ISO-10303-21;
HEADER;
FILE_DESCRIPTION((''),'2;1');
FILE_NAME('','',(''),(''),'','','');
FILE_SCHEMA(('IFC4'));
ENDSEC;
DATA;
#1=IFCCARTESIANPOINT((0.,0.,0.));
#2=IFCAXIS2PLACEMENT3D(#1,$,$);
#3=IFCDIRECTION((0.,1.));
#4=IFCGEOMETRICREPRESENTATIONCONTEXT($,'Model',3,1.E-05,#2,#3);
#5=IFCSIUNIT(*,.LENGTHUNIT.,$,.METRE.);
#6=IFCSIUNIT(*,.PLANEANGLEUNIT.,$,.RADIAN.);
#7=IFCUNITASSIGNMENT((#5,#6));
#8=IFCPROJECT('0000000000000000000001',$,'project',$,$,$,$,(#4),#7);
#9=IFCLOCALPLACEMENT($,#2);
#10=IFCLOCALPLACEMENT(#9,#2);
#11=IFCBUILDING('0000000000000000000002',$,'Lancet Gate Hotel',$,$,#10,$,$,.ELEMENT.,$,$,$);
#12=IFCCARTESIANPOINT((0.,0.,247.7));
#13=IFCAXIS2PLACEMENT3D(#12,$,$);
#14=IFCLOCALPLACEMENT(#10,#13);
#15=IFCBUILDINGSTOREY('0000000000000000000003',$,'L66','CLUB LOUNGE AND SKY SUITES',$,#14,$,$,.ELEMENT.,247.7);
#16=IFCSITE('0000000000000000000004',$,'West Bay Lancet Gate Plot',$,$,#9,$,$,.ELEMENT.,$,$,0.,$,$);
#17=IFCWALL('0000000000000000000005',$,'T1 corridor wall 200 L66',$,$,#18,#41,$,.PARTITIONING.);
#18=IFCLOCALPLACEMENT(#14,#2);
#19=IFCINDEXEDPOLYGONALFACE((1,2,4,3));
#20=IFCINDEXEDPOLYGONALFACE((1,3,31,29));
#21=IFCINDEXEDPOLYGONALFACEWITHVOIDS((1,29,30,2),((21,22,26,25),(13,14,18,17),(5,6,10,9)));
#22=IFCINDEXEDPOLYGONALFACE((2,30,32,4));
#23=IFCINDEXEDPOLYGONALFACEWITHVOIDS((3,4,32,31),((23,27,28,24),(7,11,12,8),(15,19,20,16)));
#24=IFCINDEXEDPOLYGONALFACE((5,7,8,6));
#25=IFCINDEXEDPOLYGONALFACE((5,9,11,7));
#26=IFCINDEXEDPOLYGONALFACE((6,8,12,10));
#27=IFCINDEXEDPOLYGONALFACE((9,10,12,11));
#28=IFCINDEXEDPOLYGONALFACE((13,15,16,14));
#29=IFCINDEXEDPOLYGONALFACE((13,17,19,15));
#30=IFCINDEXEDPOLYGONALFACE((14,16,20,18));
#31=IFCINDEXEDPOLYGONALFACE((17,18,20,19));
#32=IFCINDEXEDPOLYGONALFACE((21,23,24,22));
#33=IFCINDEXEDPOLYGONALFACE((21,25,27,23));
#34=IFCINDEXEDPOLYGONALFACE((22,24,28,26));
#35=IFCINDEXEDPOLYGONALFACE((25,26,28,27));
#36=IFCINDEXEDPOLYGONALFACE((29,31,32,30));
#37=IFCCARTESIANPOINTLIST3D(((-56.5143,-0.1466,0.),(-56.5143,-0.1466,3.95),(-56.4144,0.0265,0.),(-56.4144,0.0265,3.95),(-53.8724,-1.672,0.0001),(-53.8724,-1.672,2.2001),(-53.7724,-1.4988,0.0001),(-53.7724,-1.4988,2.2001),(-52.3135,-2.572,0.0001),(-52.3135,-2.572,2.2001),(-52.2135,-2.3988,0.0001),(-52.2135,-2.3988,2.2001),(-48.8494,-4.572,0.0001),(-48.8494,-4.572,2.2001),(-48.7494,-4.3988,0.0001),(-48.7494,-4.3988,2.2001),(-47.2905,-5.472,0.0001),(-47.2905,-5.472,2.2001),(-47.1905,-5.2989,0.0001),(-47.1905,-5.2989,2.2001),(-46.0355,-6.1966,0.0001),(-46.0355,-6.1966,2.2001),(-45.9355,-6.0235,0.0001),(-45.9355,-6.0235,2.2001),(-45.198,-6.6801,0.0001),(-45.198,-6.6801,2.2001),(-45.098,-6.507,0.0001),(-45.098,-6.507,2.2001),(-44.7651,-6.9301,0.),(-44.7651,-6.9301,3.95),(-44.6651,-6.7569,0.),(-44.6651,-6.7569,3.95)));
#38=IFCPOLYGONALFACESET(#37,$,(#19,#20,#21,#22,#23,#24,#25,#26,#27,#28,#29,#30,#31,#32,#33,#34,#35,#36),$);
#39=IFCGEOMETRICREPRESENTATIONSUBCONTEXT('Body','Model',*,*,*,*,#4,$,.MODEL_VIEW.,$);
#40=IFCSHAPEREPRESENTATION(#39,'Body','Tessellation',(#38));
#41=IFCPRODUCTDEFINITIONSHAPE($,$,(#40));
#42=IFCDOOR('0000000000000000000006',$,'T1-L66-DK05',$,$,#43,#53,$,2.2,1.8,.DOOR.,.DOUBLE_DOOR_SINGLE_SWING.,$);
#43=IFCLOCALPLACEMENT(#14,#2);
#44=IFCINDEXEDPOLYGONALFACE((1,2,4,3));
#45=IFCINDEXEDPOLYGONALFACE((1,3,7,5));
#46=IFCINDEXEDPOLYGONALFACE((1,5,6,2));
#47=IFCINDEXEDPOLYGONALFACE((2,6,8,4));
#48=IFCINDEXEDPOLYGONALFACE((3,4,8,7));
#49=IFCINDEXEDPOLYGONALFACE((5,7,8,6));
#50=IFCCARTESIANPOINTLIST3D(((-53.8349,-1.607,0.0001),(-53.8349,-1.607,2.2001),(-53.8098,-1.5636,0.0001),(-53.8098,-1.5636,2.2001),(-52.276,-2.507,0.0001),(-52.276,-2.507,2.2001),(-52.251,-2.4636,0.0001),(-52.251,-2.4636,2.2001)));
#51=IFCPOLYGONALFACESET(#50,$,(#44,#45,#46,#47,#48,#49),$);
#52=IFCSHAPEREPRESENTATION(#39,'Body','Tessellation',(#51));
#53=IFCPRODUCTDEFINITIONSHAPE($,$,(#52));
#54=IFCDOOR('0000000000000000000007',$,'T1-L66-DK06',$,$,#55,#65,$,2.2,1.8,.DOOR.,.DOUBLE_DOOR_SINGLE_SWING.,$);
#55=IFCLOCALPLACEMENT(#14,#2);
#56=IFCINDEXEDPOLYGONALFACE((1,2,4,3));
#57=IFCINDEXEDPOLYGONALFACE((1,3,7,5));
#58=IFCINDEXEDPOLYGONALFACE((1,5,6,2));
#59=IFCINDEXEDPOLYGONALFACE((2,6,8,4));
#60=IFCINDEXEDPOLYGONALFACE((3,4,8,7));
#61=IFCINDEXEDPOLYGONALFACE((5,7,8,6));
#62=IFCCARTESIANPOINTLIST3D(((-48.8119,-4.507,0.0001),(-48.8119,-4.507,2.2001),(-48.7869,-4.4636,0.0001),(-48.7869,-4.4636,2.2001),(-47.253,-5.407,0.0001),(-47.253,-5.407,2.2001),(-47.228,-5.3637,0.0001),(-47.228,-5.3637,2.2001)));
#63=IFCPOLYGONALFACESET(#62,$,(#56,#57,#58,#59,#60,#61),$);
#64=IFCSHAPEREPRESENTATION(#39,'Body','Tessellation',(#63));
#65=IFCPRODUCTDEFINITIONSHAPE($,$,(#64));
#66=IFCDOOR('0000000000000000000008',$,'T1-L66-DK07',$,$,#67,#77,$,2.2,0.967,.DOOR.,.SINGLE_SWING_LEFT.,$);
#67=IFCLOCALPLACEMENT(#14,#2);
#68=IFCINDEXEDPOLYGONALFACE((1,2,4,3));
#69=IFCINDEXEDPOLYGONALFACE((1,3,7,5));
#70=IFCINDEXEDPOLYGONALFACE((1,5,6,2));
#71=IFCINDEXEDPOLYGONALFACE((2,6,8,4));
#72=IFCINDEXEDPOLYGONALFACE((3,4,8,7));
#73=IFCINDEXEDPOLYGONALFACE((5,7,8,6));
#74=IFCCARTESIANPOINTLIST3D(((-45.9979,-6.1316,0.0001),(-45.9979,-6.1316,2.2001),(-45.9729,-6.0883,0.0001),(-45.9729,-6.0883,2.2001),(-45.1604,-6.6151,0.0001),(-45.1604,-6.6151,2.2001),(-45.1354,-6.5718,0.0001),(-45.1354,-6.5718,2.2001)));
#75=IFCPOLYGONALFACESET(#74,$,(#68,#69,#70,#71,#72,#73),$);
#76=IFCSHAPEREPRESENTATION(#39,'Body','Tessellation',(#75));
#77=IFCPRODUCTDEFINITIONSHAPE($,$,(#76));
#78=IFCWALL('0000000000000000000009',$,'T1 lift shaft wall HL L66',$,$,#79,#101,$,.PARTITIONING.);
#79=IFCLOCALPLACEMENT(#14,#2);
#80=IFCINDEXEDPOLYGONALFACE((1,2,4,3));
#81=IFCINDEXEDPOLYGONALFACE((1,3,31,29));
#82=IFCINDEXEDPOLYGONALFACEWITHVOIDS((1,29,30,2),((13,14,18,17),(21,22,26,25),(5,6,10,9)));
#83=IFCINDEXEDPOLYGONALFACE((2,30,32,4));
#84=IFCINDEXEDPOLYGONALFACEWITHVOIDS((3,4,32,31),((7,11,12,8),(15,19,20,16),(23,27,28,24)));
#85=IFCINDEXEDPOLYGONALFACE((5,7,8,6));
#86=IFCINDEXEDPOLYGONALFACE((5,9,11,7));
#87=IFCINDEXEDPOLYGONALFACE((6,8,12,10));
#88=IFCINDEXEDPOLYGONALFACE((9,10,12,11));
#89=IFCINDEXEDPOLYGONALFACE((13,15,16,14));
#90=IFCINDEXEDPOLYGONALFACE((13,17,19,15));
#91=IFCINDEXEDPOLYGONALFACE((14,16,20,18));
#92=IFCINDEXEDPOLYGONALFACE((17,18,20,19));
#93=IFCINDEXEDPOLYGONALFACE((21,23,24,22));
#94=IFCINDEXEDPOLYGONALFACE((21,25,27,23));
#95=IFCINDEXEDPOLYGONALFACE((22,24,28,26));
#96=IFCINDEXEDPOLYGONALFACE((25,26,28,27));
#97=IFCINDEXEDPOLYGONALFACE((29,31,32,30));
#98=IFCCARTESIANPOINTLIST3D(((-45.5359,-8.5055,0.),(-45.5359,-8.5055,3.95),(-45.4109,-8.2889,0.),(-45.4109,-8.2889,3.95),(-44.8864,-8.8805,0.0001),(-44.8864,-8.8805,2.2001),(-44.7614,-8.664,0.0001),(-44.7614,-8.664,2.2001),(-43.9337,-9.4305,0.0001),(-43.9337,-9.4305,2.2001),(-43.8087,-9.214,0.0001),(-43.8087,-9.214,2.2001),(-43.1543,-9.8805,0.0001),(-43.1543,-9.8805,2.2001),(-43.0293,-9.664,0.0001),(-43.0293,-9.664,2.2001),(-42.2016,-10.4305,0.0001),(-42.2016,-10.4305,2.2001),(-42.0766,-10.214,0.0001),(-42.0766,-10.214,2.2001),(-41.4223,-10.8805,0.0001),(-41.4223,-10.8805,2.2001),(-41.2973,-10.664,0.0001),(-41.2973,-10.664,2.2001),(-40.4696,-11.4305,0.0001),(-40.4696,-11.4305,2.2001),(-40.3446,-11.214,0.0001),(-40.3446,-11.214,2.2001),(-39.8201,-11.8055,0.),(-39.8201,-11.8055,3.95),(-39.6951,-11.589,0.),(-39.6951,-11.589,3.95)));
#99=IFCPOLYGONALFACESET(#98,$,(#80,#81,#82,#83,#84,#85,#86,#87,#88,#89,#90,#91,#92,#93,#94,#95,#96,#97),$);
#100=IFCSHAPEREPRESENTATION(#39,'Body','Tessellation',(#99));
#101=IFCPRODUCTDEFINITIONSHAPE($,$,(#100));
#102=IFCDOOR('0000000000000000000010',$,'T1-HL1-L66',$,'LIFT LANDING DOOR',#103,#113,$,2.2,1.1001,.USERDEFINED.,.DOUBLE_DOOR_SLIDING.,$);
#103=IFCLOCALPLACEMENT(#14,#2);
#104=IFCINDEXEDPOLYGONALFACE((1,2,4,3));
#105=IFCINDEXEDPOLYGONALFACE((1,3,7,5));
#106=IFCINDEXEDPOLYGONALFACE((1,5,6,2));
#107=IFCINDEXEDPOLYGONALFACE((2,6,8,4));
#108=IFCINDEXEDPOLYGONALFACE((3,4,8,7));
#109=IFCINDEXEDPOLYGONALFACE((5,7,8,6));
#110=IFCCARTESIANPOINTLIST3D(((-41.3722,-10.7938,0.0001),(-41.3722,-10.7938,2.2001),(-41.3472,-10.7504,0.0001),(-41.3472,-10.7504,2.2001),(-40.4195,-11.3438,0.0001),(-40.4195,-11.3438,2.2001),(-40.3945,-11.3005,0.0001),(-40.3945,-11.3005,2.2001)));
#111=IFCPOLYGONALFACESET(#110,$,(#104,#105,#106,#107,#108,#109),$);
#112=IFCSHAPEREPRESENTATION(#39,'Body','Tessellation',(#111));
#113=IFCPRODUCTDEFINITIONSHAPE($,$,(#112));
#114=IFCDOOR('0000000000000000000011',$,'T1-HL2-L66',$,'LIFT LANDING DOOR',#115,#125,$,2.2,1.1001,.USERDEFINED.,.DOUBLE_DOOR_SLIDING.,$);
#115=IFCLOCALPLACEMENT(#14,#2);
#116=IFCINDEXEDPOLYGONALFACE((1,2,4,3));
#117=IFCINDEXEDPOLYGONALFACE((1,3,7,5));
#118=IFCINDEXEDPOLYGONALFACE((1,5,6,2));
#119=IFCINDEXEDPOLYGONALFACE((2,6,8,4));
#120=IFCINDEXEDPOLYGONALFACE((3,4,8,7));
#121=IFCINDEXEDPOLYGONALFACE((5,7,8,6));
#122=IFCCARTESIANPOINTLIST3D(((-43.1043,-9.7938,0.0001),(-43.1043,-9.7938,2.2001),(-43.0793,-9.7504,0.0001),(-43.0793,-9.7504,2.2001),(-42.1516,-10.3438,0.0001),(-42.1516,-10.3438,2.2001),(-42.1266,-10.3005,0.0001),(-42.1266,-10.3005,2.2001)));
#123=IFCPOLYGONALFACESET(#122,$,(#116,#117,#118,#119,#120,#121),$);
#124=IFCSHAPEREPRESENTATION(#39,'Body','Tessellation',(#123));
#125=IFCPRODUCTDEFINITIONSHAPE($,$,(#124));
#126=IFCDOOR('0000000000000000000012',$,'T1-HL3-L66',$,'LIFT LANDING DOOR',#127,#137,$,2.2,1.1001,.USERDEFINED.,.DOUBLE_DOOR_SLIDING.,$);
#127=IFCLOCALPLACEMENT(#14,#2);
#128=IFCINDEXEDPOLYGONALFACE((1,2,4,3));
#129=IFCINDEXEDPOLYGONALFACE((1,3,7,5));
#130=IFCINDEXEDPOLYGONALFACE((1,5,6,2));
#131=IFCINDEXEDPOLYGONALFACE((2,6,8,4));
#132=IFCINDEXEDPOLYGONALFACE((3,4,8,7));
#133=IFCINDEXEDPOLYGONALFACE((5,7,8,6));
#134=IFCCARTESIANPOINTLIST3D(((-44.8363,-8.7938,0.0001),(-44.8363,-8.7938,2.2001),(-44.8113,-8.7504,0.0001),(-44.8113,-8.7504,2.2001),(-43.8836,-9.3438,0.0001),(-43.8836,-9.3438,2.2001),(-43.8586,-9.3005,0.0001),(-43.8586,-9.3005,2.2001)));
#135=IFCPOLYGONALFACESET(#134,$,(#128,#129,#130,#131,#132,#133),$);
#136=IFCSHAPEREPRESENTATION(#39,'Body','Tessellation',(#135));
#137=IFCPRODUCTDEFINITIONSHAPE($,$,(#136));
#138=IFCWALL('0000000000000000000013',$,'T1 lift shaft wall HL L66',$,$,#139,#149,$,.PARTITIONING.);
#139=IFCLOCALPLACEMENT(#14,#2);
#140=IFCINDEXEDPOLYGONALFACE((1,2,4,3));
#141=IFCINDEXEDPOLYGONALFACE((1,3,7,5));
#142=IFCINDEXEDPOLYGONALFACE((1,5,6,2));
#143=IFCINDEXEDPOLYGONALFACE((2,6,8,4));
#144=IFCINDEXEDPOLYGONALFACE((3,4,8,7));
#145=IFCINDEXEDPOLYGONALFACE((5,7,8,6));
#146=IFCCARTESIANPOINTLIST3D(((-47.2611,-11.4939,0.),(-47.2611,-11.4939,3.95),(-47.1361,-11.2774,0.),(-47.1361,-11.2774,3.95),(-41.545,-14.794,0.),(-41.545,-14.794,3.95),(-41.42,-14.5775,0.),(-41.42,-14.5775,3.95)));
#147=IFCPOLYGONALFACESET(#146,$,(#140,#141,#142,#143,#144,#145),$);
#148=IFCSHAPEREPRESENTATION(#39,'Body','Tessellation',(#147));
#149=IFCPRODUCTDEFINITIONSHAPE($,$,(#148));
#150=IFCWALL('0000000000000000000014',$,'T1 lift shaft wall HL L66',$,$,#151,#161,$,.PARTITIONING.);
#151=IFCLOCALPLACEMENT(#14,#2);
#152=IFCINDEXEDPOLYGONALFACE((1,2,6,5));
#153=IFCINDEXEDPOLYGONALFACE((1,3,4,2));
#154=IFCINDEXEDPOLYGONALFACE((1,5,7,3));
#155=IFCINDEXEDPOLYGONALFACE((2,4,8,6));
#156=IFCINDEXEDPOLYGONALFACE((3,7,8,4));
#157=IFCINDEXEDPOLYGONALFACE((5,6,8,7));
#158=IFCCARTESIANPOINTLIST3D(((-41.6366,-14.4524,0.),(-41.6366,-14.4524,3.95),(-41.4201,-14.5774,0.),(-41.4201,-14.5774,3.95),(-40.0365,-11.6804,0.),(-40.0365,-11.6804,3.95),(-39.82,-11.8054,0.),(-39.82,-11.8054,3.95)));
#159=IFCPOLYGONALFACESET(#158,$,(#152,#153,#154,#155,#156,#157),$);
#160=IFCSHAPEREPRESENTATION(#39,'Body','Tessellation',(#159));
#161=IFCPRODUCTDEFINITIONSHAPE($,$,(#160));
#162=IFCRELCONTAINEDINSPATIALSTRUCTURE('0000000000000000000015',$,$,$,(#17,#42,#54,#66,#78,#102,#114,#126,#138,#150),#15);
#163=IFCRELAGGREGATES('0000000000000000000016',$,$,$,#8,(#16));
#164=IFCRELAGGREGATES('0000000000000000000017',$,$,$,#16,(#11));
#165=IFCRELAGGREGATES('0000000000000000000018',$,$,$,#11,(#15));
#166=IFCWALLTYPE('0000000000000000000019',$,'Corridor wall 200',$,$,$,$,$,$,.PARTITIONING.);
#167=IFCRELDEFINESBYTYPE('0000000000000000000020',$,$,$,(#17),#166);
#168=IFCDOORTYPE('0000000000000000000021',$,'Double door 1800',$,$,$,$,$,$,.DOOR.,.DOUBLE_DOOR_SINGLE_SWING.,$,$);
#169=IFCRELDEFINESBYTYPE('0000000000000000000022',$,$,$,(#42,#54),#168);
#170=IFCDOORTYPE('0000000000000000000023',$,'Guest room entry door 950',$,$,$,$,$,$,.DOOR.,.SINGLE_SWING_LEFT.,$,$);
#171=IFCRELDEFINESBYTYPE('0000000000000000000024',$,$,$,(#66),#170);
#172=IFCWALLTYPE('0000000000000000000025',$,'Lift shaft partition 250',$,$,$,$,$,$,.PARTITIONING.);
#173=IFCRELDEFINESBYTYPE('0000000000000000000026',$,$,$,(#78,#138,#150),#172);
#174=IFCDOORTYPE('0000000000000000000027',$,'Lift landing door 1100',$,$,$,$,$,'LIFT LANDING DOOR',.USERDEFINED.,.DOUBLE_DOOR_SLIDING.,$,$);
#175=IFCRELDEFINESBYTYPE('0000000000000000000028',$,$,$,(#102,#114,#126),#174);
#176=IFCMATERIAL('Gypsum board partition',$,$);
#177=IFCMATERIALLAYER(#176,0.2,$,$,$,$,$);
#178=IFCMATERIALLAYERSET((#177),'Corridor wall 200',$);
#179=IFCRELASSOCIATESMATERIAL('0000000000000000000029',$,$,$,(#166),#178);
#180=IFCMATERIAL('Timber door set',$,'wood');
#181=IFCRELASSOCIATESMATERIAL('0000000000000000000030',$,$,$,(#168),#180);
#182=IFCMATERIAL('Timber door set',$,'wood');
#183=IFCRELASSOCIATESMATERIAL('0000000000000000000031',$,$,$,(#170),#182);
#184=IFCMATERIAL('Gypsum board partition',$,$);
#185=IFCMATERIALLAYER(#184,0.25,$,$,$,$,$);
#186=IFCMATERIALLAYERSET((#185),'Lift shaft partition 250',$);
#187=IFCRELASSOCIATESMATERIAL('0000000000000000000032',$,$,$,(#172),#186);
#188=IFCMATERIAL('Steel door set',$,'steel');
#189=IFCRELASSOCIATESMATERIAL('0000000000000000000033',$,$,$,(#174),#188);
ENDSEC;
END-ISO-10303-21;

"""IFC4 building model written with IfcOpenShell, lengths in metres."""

from ifc_helpers import new_model, si_unit, direction, frame, frame_2d, origin, place, context, subcontext, project, spatial, rectangle, extrude, material, layer, layer_set, type_object, element, fill, save


model = new_model("IFC4")

# Units and contexts
model_context = context("Model", 3, precision=1e-05, world=origin(), true_north=direction((0.0, 1.0)))
body_context = subcontext(model_context, "Body", "Model", "MODEL_VIEW")
ifc_project = project(units=[si_unit("LENGTHUNIT", "METRE"), si_unit("PLANEANGLEUNIT", "RADIAN")], contexts=[model_context])

# Site, building, storey
site_placement = place(None, origin())
site = spatial("IfcSite", under=ifc_project, at=site_placement, Name="West Bay Lancet Gate Plot", CompositionType="ELEMENT", RefElevation=0.0)
building_placement = place(site_placement, origin())
building = spatial("IfcBuilding", under=site, at=building_placement, Name="Lancet Gate Hotel", CompositionType="ELEMENT")
storey_placement = place(building_placement, frame((0.0, 0.0, 247.7)))
storey = spatial("IfcBuildingStorey", under=building, at=storey_placement, Name="L66", Description="CLUB LOUNGE AND SKY SUITES", CompositionType="ELEMENT", Elevation=247.7)

# Walls, openings, doors
ifc_material_1 = material(Name="Gypsum board partition")
ifc_layer_1 = layer(ifc_material_1, 0.2)
ifc_layer_set_1 = layer_set([ifc_layer_1], Name="Corridor wall 200")
wall_type_1 = type_object("IfcWallType", Name="Corridor wall 200", PredefinedType="PARTITIONING", material=ifc_layer_set_1)
wall_1_placement = place(storey_placement, frame((-44.7151, -6.8435, 0.0), z_axis=(0.0, 0.0, 1.0), x_axis=(-0.866025, 0.5, 0.0)))
wall_1 = element("IfcWall", 1, at=wall_1_placement, inside=storey, type_object=wall_type_1, Name="T1 corridor wall 200 L66", PredefinedType="PARTITIONING", context=body_context, shape_type="SweptSolid", body=[
    extrude(rectangle(XDim=13.5669, YDim=0.2, at=frame_2d((6.7834, 0.0))), origin(), (0.0, 0.0, 1.0), 3.95),
])
opening_1_placement = place(wall_1_placement, frame((8.7163, 0.0, 0.0)))
opening_1 = element("IfcOpeningElement", 2, at=opening_1_placement, cuts=wall_1, PredefinedType="OPENING", context=body_context, shape_type="SweptSolid", body=[
    extrude(rectangle(XDim=1.8, YDim=2.2, at=frame_2d((0.8999, 1.1001))), frame((0.0, 0.1099, 0.0), z_axis=(0.0, -1.0, 0.0), x_axis=(1.0, 0.0, 0.0)), (0.0, 0.0, 1.0), 0.22),
])
opening_2_placement = place(wall_1_placement, frame((2.9163, 0.0, 0.0)))
opening_2 = element("IfcOpeningElement", 3, at=opening_2_placement, cuts=wall_1, PredefinedType="OPENING", context=body_context, shape_type="SweptSolid", body=[
    extrude(rectangle(XDim=1.8, YDim=2.2, at=frame_2d((0.8999, 1.1001))), frame((0.0, 0.1099, 0.0), z_axis=(0.0, -1.0, 0.0), x_axis=(1.0, 0.0, 0.0)), (0.0, 0.0, 1.0), 0.22),
])
opening_3_placement = place(wall_1_placement, frame((0.5, 0.0, 0.0)))
opening_3 = element("IfcOpeningElement", 4, at=opening_3_placement, cuts=wall_1, PredefinedType="OPENING", context=body_context, shape_type="SweptSolid", body=[
    extrude(rectangle(XDim=0.967, YDim=2.2, at=frame_2d((0.4834, 1.1001))), frame((0.0, 0.1099, 0.0), z_axis=(0.0, -1.0, 0.0), x_axis=(1.0, 0.0, 0.0)), (0.0, 0.0, 1.0), 0.22),
])
ifc_material_2 = material(Name="Timber door set", Category="wood")
door_type_1 = type_object("IfcDoorType", Name="Double door 1800", OperationType="DOUBLE_DOOR_SINGLE_SWING", PredefinedType="DOOR", material=ifc_material_2)
door_1_placement = place(opening_1_placement, origin())
door_1 = element("IfcDoor", 5, at=door_1_placement, inside=storey, type_object=door_type_1, Name="T1-L66-DK05", OperationType="DOUBLE_DOOR_SINGLE_SWING", OverallHeight=2.2, OverallWidth=1.8, PredefinedType="DOOR", context=body_context, shape_type="SweptSolid", body=[
    extrude(rectangle(XDim=1.8, YDim=2.2, at=frame_2d((0.8999, 1.1001))), frame((0.0, 0.0249, 0.0), z_axis=(0.0, -1.0, 0.0), x_axis=(1.0, 0.0, 0.0)), (0.0, 0.0, 1.0), 0.05),
])
fill(opening_1, door_1)
door_2_placement = place(opening_2_placement, origin())
door_2 = element("IfcDoor", 6, at=door_2_placement, inside=storey, type_object=door_type_1, Name="T1-L66-DK06", OperationType="DOUBLE_DOOR_SINGLE_SWING", OverallHeight=2.2, OverallWidth=1.8, PredefinedType="DOOR", context=body_context, shape_type="SweptSolid", body=[
    extrude(rectangle(XDim=1.8, YDim=2.2, at=frame_2d((0.8999, 1.1001))), frame((0.0, 0.0249, 0.0), z_axis=(0.0, -1.0, 0.0), x_axis=(1.0, 0.0, 0.0)), (0.0, 0.0, 1.0), 0.05),
])
fill(opening_2, door_2)
ifc_material_3 = material(Name="Timber door set", Category="wood")
door_type_2 = type_object("IfcDoorType", Name="Guest room entry door 950", OperationType="SINGLE_SWING_LEFT", PredefinedType="DOOR", material=ifc_material_3)
door_3_placement = place(opening_3_placement, origin())
door_3 = element("IfcDoor", 7, at=door_3_placement, inside=storey, type_object=door_type_2, Name="T1-L66-DK07", OperationType="SINGLE_SWING_LEFT", OverallHeight=2.2, OverallWidth=0.967, PredefinedType="DOOR", context=body_context, shape_type="SweptSolid", body=[
    extrude(rectangle(XDim=0.967, YDim=2.2, at=frame_2d((0.4834, 1.1001))), frame((0.0, 0.0249, 0.0), z_axis=(0.0, -1.0, 0.0), x_axis=(1.0, 0.0, 0.0)), (0.0, 0.0, 1.0), 0.05),
])
fill(opening_3, door_3)
ifc_material_4 = material(Name="Gypsum board partition")
ifc_layer_2 = layer(ifc_material_4, 0.25)
ifc_layer_set_2 = layer_set([ifc_layer_2], Name="Lift shaft partition 250")
wall_type_2 = type_object("IfcWallType", Name="Lift shaft partition 250", PredefinedType="PARTITIONING", material=ifc_layer_set_2)
wall_2_placement = place(storey_placement, frame((-39.7576, -11.6973, 0.0), z_axis=(0.0, 0.0, 1.0), x_axis=(-0.866024, 0.500002, 0.0)))
wall_2 = element("IfcWall", 8, at=wall_2_placement, inside=storey, type_object=wall_type_2, Name="T1 lift shaft wall HL L66", PredefinedType="PARTITIONING", context=body_context, shape_type="SweptSolid", body=[
    extrude(rectangle(XDim=6.6001, YDim=0.25, at=frame_2d((3.3, 0.0))), origin(), (0.0, 0.0, 1.0), 3.95),
])
opening_4_placement = place(wall_2_placement, frame((0.75, 0.0, 0.0)))
opening_4 = element("IfcOpeningElement", 9, at=opening_4_placement, cuts=wall_2, PredefinedType="OPENING", context=body_context, shape_type="SweptSolid", body=[
    extrude(rectangle(XDim=1.1001, YDim=2.2, at=frame_2d((0.55, 1.1001))), frame((0.0, 0.135, 0.0), z_axis=(0.0, -1.0, 0.0), x_axis=(1.0, 0.0, 0.0)), (0.0, 0.0, 1.0), 0.27),
])
opening_5_placement = place(wall_2_placement, frame((2.75, 0.0, 0.0)))
opening_5 = element("IfcOpeningElement", 10, at=opening_5_placement, cuts=wall_2, PredefinedType="OPENING", context=body_context, shape_type="SweptSolid", body=[
    extrude(rectangle(XDim=1.1001, YDim=2.2, at=frame_2d((0.55, 1.1001))), frame((0.0, 0.135, 0.0), z_axis=(0.0, -1.0, 0.0), x_axis=(1.0, 0.0, 0.0)), (0.0, 0.0, 1.0), 0.27),
])
opening_6_placement = place(wall_2_placement, frame((4.75, 0.0, 0.0)))
opening_6 = element("IfcOpeningElement", 11, at=opening_6_placement, cuts=wall_2, PredefinedType="OPENING", context=body_context, shape_type="SweptSolid", body=[
    extrude(rectangle(XDim=1.1001, YDim=2.2, at=frame_2d((0.55, 1.1001))), frame((0.0, 0.135, 0.0), z_axis=(0.0, -1.0, 0.0), x_axis=(1.0, 0.0, 0.0)), (0.0, 0.0, 1.0), 0.27),
])
ifc_material_5 = material(Name="Steel door set", Category="steel")
door_type_3 = type_object("IfcDoorType", Name="Lift landing door 1100", ElementType="LIFT LANDING DOOR", OperationType="DOUBLE_DOOR_SLIDING", PredefinedType="USERDEFINED", material=ifc_material_5)
door_4_placement = place(opening_4_placement, origin())
door_4 = element("IfcDoor", 12, at=door_4_placement, inside=storey, type_object=door_type_3, Name="T1-HL1-L66", ObjectType="LIFT LANDING DOOR", OperationType="DOUBLE_DOOR_SLIDING", OverallHeight=2.2, OverallWidth=1.1001, PredefinedType="USERDEFINED", context=body_context, shape_type="SweptSolid", body=[
    extrude(rectangle(XDim=1.1001, YDim=2.2, at=frame_2d((0.55, 1.1001))), frame((0.0, 0.0249, 0.0), z_axis=(0.0, -1.0, 0.0), x_axis=(1.0, 0.0, 0.0)), (0.0, 0.0, 1.0), 0.05),
])
fill(opening_4, door_4)
door_5_placement = place(opening_5_placement, origin())
door_5 = element("IfcDoor", 13, at=door_5_placement, inside=storey, type_object=door_type_3, Name="T1-HL2-L66", ObjectType="LIFT LANDING DOOR", OperationType="DOUBLE_DOOR_SLIDING", OverallHeight=2.2, OverallWidth=1.1001, PredefinedType="USERDEFINED", context=body_context, shape_type="SweptSolid", body=[
    extrude(rectangle(XDim=1.1001, YDim=2.2, at=frame_2d((0.55, 1.1001))), frame((0.0, 0.0249, 0.0), z_axis=(0.0, -1.0, 0.0), x_axis=(1.0, 0.0, 0.0)), (0.0, 0.0, 1.0), 0.05),
])
fill(opening_5, door_5)
door_6_placement = place(opening_6_placement, origin())
door_6 = element("IfcDoor", 14, at=door_6_placement, inside=storey, type_object=door_type_3, Name="T1-HL3-L66", ObjectType="LIFT LANDING DOOR", OperationType="DOUBLE_DOOR_SLIDING", OverallHeight=2.2, OverallWidth=1.1001, PredefinedType="USERDEFINED", context=body_context, shape_type="SweptSolid", body=[
    extrude(rectangle(XDim=1.1001, YDim=2.2, at=frame_2d((0.55, 1.1001))), frame((0.0, 0.0249, 0.0), z_axis=(0.0, -1.0, 0.0), x_axis=(1.0, 0.0, 0.0)), (0.0, 0.0, 1.0), 0.05),
])
fill(opening_6, door_6)

# Walls
wall_3_placement = place(storey_placement, frame((-41.4824, -14.6858, 0.0), z_axis=(0.0, 0.0, 1.0), x_axis=(-0.866033, 0.499986, 0.0)))
element("IfcWall", 15, at=wall_3_placement, inside=storey, type_object=wall_type_2, Name="T1 lift shaft wall HL L66", PredefinedType="PARTITIONING", context=body_context, shape_type="SweptSolid", body=[
    extrude(rectangle(XDim=6.6003, YDim=0.25, at=frame_2d((3.3003, 0.0))), origin(), (0.0, 0.0, 1.0), 3.95),
])
wall_4_placement = place(storey_placement, frame((-39.9282, -11.7429, 0.0), z_axis=(0.0, 0.0, 1.0), x_axis=(-0.499929, -0.866066, 0.0)))
element("IfcWall", 16, at=wall_4_placement, inside=storey, type_object=wall_type_2, Name="T1 lift shaft wall HL L66", PredefinedType="PARTITIONING", context=body_context, shape_type="SweptSolid", body=[
    extrude(rectangle(XDim=3.2007, YDim=0.25, at=frame_2d((1.6003, 0.0))), origin(), (0.0, 0.0, 1.0), 3.95),
])

save(model, "model.ifc")
